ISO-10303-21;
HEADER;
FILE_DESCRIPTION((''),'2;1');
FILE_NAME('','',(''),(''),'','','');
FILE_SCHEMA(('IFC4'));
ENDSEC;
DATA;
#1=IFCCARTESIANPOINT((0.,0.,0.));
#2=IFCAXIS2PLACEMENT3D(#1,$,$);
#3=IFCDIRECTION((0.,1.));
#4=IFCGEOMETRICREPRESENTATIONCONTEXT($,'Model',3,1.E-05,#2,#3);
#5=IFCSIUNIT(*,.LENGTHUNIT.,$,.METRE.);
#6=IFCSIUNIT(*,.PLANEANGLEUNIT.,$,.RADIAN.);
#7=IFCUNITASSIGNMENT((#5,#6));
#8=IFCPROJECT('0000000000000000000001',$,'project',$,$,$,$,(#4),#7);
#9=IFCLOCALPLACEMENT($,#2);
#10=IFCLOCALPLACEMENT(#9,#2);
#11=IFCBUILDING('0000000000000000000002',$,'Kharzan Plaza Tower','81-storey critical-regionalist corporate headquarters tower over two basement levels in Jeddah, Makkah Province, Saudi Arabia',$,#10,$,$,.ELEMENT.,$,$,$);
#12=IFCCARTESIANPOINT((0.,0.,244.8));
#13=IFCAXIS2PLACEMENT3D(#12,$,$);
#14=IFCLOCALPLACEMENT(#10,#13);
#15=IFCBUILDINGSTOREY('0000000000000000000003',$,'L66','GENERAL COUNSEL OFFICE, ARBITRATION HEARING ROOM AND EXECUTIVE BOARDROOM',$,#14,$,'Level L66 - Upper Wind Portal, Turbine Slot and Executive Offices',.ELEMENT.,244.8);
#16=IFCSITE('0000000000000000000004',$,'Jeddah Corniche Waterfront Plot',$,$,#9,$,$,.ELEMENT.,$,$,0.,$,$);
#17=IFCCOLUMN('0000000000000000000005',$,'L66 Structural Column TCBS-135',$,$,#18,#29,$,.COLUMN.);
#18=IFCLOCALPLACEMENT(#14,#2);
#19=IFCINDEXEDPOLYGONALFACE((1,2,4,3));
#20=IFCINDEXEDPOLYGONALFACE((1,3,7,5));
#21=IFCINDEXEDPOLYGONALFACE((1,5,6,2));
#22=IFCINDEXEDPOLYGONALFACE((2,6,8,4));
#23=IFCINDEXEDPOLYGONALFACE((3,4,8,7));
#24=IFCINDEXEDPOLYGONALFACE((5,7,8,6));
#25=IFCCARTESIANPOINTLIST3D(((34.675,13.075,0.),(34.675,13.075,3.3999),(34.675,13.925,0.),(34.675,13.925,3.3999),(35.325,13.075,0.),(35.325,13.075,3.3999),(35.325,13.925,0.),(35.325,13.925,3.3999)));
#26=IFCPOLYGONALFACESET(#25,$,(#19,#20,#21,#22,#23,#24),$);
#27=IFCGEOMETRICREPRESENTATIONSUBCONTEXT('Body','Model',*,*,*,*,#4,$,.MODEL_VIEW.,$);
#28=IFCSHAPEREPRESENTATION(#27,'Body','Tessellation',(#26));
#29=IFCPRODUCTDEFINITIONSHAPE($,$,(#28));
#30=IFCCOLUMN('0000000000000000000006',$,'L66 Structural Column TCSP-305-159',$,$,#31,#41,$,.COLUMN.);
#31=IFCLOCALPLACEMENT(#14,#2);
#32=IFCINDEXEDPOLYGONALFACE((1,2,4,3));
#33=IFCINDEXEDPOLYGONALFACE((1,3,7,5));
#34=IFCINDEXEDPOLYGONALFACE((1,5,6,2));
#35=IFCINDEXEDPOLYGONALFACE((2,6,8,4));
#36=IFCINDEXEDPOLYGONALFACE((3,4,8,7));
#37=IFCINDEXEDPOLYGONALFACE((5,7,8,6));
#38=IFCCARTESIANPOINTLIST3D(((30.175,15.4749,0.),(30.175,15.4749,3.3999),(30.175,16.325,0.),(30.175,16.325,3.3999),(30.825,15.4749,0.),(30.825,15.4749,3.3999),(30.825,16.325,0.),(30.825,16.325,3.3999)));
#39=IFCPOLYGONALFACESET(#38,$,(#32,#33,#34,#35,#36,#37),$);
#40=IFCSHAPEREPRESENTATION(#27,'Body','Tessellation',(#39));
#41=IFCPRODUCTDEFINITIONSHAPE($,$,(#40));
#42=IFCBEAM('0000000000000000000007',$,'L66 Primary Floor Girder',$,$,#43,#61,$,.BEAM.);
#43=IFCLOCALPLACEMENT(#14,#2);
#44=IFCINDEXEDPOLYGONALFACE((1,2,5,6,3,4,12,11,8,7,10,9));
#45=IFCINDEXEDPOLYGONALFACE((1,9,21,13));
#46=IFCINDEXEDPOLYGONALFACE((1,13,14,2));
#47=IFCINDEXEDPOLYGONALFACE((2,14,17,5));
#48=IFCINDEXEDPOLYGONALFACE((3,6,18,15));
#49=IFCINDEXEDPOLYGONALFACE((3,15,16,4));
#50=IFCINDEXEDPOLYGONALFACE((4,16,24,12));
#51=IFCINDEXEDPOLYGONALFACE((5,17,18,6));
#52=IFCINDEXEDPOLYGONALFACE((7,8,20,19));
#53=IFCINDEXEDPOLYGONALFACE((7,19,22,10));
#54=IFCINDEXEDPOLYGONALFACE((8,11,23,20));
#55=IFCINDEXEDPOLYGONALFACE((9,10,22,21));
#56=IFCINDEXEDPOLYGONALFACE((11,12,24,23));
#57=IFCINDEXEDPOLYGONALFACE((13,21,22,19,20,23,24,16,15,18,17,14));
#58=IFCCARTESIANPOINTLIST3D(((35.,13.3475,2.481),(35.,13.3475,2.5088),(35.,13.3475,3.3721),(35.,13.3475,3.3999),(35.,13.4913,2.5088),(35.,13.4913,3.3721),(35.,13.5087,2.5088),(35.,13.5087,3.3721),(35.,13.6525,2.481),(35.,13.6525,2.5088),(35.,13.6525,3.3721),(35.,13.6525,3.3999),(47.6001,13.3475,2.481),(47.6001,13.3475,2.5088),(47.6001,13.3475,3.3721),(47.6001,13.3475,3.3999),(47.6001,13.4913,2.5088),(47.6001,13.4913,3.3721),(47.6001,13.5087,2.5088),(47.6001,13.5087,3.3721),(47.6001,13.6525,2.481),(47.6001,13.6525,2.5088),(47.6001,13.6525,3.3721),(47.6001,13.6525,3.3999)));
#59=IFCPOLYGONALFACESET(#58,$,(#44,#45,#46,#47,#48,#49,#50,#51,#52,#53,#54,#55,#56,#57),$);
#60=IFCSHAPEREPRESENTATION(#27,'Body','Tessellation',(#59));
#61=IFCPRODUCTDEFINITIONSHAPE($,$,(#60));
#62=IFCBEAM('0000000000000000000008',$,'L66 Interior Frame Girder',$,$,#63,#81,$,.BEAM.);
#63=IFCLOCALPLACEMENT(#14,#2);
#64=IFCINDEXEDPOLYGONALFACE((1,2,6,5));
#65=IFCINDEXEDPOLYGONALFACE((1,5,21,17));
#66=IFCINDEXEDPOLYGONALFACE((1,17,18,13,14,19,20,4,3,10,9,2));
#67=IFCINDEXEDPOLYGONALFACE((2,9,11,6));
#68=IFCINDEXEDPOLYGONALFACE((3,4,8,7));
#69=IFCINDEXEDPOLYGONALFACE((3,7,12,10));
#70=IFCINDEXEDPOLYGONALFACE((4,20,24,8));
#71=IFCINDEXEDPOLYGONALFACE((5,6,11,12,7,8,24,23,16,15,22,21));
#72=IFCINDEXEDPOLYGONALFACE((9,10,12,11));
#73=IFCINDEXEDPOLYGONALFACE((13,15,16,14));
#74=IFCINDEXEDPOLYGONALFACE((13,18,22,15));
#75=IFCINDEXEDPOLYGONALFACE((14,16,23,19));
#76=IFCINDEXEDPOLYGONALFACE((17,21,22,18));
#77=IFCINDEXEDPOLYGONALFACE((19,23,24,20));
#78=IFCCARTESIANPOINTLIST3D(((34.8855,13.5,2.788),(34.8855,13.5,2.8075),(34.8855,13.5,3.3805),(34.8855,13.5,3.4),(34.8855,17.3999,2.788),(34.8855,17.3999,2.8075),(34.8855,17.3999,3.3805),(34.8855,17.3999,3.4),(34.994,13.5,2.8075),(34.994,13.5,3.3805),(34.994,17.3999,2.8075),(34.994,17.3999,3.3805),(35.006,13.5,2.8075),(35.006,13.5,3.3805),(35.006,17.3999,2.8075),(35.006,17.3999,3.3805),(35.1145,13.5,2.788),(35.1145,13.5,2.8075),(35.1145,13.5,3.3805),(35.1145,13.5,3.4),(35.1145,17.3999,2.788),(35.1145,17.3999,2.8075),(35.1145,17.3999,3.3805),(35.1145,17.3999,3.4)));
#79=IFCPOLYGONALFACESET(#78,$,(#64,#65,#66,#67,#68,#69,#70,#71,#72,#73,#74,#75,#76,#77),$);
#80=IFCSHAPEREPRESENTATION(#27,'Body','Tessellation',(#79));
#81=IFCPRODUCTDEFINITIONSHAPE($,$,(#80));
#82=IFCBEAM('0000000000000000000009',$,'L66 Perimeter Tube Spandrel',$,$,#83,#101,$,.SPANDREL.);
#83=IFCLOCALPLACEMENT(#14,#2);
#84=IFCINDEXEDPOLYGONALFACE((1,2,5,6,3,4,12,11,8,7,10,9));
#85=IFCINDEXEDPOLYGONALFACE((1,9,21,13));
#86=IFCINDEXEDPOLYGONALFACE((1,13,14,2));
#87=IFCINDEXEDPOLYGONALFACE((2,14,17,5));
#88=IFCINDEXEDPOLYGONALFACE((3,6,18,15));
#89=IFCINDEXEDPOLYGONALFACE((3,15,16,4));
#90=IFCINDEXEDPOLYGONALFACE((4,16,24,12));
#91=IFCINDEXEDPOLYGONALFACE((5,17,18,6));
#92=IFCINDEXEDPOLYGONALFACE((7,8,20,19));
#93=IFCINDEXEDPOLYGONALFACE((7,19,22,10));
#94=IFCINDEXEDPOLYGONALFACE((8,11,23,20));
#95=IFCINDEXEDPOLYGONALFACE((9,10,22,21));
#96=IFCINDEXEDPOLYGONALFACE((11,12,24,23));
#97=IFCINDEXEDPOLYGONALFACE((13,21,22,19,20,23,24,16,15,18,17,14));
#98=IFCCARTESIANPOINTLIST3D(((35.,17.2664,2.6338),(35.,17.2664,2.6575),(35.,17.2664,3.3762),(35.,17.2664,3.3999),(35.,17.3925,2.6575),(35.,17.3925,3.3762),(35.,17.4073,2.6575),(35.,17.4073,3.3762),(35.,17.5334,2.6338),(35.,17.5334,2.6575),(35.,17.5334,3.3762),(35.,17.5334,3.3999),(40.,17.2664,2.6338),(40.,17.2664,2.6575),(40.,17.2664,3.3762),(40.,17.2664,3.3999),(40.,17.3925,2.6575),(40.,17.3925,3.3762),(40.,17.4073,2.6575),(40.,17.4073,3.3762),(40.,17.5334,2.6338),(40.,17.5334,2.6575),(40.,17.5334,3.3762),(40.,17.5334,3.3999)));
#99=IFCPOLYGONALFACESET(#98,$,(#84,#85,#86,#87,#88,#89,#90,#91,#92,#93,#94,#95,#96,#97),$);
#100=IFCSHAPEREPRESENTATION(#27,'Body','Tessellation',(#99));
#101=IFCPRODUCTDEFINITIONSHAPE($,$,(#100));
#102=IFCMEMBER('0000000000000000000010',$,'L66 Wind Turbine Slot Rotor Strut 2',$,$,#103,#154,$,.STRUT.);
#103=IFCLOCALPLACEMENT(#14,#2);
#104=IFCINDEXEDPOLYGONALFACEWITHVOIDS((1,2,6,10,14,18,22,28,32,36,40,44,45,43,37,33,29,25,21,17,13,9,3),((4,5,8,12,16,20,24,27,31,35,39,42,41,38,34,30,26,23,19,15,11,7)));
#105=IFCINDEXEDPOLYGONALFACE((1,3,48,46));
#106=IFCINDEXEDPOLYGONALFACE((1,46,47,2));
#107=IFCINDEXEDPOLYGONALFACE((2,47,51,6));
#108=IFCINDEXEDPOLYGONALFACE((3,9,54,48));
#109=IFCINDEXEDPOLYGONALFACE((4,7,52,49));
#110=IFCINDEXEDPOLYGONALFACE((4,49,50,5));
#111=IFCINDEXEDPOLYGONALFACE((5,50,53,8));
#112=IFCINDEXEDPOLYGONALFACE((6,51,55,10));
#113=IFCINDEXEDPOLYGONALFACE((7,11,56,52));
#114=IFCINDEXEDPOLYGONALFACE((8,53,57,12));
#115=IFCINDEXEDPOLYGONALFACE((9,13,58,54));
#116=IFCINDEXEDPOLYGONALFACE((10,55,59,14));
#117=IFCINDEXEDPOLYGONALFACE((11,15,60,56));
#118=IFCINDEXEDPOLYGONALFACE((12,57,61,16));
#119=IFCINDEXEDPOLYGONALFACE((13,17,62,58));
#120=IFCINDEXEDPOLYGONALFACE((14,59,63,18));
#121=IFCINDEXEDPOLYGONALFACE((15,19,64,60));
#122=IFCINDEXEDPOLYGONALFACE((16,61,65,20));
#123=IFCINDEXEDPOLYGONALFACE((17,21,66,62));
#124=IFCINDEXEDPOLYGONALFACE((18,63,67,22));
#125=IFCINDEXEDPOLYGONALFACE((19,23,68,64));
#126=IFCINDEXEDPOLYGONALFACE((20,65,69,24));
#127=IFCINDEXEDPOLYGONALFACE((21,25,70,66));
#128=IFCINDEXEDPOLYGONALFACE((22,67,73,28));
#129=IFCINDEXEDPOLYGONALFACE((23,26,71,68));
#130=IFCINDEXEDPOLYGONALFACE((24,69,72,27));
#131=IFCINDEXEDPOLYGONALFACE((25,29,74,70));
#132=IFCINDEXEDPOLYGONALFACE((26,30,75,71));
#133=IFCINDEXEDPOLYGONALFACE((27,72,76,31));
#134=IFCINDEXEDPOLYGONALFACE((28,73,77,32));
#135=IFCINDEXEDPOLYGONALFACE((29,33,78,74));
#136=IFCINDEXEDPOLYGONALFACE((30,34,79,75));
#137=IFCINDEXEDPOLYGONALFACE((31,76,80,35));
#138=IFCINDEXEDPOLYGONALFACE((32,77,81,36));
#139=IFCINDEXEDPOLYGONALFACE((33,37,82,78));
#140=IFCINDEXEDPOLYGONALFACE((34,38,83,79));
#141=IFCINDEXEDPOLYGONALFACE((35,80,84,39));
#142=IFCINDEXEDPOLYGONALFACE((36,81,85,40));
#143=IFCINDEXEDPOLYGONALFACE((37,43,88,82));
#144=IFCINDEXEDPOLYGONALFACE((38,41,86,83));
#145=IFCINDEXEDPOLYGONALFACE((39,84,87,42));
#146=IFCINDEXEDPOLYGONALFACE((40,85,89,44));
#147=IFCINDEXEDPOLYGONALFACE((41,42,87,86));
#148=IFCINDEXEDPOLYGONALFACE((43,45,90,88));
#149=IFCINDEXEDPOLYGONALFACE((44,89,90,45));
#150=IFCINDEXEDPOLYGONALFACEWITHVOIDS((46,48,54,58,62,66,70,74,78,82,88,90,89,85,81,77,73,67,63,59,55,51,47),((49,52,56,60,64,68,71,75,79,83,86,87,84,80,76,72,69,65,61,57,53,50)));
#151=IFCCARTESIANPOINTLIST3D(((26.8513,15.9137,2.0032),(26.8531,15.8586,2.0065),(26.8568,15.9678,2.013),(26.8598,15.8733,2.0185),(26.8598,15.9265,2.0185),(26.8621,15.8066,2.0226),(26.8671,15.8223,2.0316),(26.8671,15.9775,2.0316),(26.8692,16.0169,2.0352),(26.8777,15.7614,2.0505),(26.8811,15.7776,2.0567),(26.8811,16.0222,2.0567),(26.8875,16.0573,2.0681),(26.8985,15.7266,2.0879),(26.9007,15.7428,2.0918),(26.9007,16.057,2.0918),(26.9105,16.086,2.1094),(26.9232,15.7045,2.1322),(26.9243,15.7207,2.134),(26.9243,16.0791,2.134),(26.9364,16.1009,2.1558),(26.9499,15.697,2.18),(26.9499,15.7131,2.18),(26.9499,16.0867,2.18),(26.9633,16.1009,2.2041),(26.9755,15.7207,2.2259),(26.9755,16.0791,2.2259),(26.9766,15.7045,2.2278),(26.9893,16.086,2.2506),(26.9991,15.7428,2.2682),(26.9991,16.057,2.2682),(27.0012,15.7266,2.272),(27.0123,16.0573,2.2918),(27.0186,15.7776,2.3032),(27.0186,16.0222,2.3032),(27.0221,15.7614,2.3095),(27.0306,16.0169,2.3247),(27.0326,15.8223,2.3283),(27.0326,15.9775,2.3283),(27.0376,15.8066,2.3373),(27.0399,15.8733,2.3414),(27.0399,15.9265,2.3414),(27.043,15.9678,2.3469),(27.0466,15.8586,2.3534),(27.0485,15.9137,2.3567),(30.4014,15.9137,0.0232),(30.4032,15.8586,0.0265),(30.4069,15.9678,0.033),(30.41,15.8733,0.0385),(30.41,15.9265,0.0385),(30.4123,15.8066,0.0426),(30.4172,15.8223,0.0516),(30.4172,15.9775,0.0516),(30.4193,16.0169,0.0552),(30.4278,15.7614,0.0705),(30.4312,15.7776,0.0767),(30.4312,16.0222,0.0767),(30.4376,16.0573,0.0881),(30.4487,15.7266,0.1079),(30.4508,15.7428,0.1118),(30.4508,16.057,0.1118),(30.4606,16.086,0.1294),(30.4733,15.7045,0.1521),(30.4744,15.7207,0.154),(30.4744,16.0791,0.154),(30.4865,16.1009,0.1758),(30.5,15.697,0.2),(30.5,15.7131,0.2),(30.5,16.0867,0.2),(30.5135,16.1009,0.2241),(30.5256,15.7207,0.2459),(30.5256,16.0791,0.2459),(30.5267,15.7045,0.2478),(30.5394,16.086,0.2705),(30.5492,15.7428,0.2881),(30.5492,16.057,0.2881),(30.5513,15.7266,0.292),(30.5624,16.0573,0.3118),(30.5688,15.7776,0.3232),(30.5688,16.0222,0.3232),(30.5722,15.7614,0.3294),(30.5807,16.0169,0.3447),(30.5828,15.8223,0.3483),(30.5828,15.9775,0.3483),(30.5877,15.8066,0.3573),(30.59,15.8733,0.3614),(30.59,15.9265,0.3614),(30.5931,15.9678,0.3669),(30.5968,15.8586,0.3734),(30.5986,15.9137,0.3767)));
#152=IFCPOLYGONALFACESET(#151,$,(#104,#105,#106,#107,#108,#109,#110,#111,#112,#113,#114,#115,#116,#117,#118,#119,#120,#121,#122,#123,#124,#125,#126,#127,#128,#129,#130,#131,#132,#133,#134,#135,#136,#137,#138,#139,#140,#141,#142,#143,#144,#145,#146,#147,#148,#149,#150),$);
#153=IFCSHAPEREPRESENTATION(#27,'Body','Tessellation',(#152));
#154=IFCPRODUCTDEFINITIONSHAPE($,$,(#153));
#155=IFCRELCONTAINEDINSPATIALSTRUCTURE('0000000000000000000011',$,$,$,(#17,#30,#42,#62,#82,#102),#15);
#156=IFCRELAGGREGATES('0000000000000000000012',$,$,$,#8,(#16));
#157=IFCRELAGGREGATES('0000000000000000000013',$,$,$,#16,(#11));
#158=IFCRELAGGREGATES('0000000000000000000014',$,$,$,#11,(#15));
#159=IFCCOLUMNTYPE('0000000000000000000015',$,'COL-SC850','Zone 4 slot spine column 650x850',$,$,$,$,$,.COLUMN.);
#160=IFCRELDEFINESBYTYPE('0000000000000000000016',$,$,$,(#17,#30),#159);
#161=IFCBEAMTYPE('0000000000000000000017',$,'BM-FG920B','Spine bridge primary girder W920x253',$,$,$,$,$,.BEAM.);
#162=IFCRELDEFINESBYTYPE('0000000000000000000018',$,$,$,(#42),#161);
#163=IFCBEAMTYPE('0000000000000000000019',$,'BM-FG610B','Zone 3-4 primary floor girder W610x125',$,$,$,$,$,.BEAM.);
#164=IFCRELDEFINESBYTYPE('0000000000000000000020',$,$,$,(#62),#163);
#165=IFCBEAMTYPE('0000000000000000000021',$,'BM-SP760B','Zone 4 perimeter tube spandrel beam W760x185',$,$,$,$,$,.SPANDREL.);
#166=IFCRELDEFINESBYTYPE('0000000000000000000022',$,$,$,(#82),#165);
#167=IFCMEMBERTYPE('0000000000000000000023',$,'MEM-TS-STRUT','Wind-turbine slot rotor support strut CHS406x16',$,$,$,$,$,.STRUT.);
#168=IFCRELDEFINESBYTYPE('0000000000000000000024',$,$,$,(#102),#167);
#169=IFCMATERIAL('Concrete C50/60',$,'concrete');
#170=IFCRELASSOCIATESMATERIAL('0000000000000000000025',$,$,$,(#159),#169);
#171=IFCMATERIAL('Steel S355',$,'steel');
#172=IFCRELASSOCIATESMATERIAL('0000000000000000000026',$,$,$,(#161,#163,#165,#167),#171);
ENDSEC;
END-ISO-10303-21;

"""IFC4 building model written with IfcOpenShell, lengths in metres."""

from ifc_helpers import new_model, si_unit, direction, frame, origin, origin_2d, place, context, subcontext, project, spatial, rectangle, hollow_circle, i_section, extrude, source, transform, mapped, material, material_profile, profile_set, type_object, element, save


model = new_model("IFC4")

# Units and contexts
model_context = context("Model", 3, precision=1e-05, world=origin(), true_north=direction((0.0, 1.0)))
body_context = subcontext(model_context, "Body", "Model", "MODEL_VIEW")
ifc_project = project(units=[si_unit("LENGTHUNIT", "METRE"), si_unit("PLANEANGLEUNIT", "RADIAN")], contexts=[model_context])

# Site, building, storey
site_placement = place(None, origin())
site = spatial("IfcSite", under=ifc_project, at=site_placement, Name="Jeddah Corniche Waterfront Plot", CompositionType="ELEMENT", RefElevation=0.0)
building_placement = place(site_placement, origin())
building = spatial("IfcBuilding", under=site, at=building_placement, Name="Kharzan Plaza Tower", Description="81-storey critical-regionalist corporate headquarters tower over two basement levels in Jeddah, Makkah Province, Saudi Arabia", CompositionType="ELEMENT")
storey_placement = place(building_placement, frame((0.0, 0.0, 244.8)))
storey = spatial("IfcBuildingStorey", under=building, at=storey_placement, Name="L66", Description="GENERAL COUNSEL OFFICE, ARBITRATION HEARING ROOM AND EXECUTIVE BOARDROOM", LongName="Level L66 - Upper Wind Portal, Turbine Slot and Executive Offices", CompositionType="ELEMENT", Elevation=244.8)

# Columns
ifc_material_1 = material(Name="Concrete C50/60", Category="concrete")
ifc_material_profile_1 = material_profile(ifc_material_1, rectangle(XDim=0.6499, YDim=0.8501, at=origin_2d()), Name="RC-SC850x650")
ifc_profile_set_1 = profile_set([ifc_material_profile_1], Name="Concrete C50/60")
column_type = type_object("IfcColumnType", Name="COL-SC850", Description="Zone 4 slot spine column 650x850", PredefinedType="COLUMN", material=ifc_profile_set_1)
shared_shape_1 = source(origin(), body_context, "Body", "SweptSolid", [
    extrude(rectangle(XDim=0.6499, YDim=0.8501, at=origin_2d()), origin(), (0.0, 0.0, 1.0), 3.3999),
])
for number, where, z_axis, x_axis, name in (
    (1, (35.0, 13.5, 0.0), (0.0, 0.0, 1.0), (1.0, 0.0, 0.0), "L66 Structural Column TCBS-135"),
    (2, (30.5, 15.8999, 0.0), (0.0, 0.0, 1.0), (1.0, 0.0, 0.0), "L66 Structural Column TCSP-305-159"),
):
    element("IfcColumn", number, at=place(storey_placement, frame(where, z_axis=z_axis, x_axis=x_axis)), inside=storey, type_object=column_type, Name=name, PredefinedType="COLUMN", context=body_context, shape_type="MappedRepresentation", body=[
        mapped(shared_shape_1, transform((0.0, 0.0, 0.0), x_axis=(1.0, 0.0, 0.0), y_axis=(0.0, 1.0, 0.0), z_axis=(0.0, 0.0, 1.0))),
    ])

# Beams
ifc_material_2 = material(Name="Steel S355", Category="steel")
ifc_material_profile_2 = material_profile(ifc_material_2, i_section(OverallWidth=0.3049, OverallDepth=0.9189, WebThickness=0.0173, FlangeThickness=0.0278, at=origin_2d()), Name="W920x253")
ifc_profile_set_2 = profile_set([ifc_material_profile_2], Name="Steel S355")
beam_type_1 = type_object("IfcBeamType", Name="BM-FG920B", Description="Spine bridge primary girder W920x253", PredefinedType="BEAM", material=ifc_profile_set_2)
shared_shape_2 = source(origin(), body_context, "Body", "SweptSolid", [
    extrude(i_section(OverallWidth=0.3049, OverallDepth=0.9189, WebThickness=0.0173, FlangeThickness=0.0278, at=origin_2d()), origin(), (0.0, 0.0, 1.0), 12.6001),
])
beam_1_placement = place(storey_placement, frame((35.0, 13.5, 2.9404), z_axis=(1.0, 0.0, 0.0), x_axis=(0.0, 1.0, 0.0)))
element("IfcBeam", 3, at=beam_1_placement, inside=storey, type_object=beam_type_1, Name="L66 Primary Floor Girder", PredefinedType="BEAM", context=body_context, shape_type="MappedRepresentation", body=[
    mapped(shared_shape_2, transform((0.0, 0.0, 0.0), x_axis=(1.0, 0.0, 0.0), y_axis=(0.0, 1.0, 0.0), z_axis=(0.0, 0.0, 1.0))),
])
ifc_material_profile_3 = material_profile(ifc_material_2, i_section(OverallWidth=0.229, OverallDepth=0.6121, WebThickness=0.012, FlangeThickness=0.0195, at=origin_2d()), Name="W610x125")
ifc_profile_set_3 = profile_set([ifc_material_profile_3], Name="Steel S355")
beam_type_2 = type_object("IfcBeamType", Name="BM-FG610B", Description="Zone 3-4 primary floor girder W610x125", PredefinedType="BEAM", material=ifc_profile_set_3)
shared_shape_3 = source(origin(), body_context, "Body", "SweptSolid", [
    extrude(i_section(OverallWidth=0.229, OverallDepth=0.6121, WebThickness=0.012, FlangeThickness=0.0195, at=origin_2d()), origin(), (0.0, 0.0, 1.0), 3.8999),
])
beam_2_placement = place(storey_placement, frame((35.0, 13.5, 3.094), z_axis=(0.0, 1.0, 0.0), x_axis=(-1.0, 0.0, 0.0)))
element("IfcBeam", 4, at=beam_2_placement, inside=storey, type_object=beam_type_2, Name="L66 Interior Frame Girder", PredefinedType="BEAM", context=body_context, shape_type="MappedRepresentation", body=[
    mapped(shared_shape_3, transform((0.0, 0.0, 0.0), x_axis=(1.0, 0.0, 0.0), y_axis=(0.0, 1.0, 0.0), z_axis=(0.0, 0.0, 1.0))),
])
ifc_material_profile_4 = material_profile(ifc_material_2, i_section(OverallWidth=0.2671, OverallDepth=0.7661, WebThickness=0.0149, FlangeThickness=0.0237, at=origin_2d()), Name="W760x185")
ifc_profile_set_4 = profile_set([ifc_material_profile_4], Name="Steel S355")
beam_type_3 = type_object("IfcBeamType", Name="BM-SP760B", Description="Zone 4 perimeter tube spandrel beam W760x185", PredefinedType="SPANDREL", material=ifc_profile_set_4)
shared_shape_4 = source(origin(), body_context, "Body", "SweptSolid", [
    extrude(i_section(OverallWidth=0.2671, OverallDepth=0.7661, WebThickness=0.0149, FlangeThickness=0.0237, at=origin_2d()), origin(), (0.0, 0.0, 1.0), 5.0),
])
beam_3_placement = place(storey_placement, frame((35.0, 17.3999, 3.0168), z_axis=(1.0, 0.0, 0.0), x_axis=(0.0, 1.0, 0.0)))
element("IfcBeam", 5, at=beam_3_placement, inside=storey, type_object=beam_type_3, Name="L66 Perimeter Tube Spandrel", PredefinedType="SPANDREL", context=body_context, shape_type="MappedRepresentation", body=[
    mapped(shared_shape_4, transform((0.0, 0.0, 0.0), x_axis=(1.0, 0.0, 0.0), y_axis=(0.0, 1.0, 0.0), z_axis=(0.0, 0.0, 1.0))),
])

# Member
ifc_material_profile_5 = material_profile(ifc_material_2, hollow_circle(Radius=0.2029, WallThickness=0.0161, at=origin_2d()), Name="CHS406x16")
ifc_profile_set_5 = profile_set([ifc_material_profile_5], Name="Steel S355")
member_type_1 = type_object("IfcMemberType", Name="MEM-TS-STRUT", Description="Wind-turbine slot rotor support strut CHS406x16", PredefinedType="STRUT", material=ifc_profile_set_5)
shared_shape_5 = source(origin(), body_context, "Body", "SweptSolid", [
    extrude(hollow_circle(Radius=0.2029, WallThickness=0.0161, at=origin_2d()), origin(), (0.0, 0.0, 1.0), 4.0649),
])
member_1_placement = place(storey_placement, frame((30.5, 15.8999, 0.2), z_axis=(-0.873349, 0.0, 0.487096), x_axis=(0.0, -1.0, 0.0)))
element("IfcMember", 6, at=member_1_placement, inside=storey, type_object=member_type_1, Name="L66 Wind Turbine Slot Rotor Strut 2", PredefinedType="STRUT", context=body_context, shape_type="MappedRepresentation", body=[
    mapped(shared_shape_5, transform((0.0, 0.0, 0.0), x_axis=(1.0, 0.0, 0.0), y_axis=(0.0, 1.0, 0.0), z_axis=(0.0, 0.0, 1.0))),
])

save(model, "model.ifc")
